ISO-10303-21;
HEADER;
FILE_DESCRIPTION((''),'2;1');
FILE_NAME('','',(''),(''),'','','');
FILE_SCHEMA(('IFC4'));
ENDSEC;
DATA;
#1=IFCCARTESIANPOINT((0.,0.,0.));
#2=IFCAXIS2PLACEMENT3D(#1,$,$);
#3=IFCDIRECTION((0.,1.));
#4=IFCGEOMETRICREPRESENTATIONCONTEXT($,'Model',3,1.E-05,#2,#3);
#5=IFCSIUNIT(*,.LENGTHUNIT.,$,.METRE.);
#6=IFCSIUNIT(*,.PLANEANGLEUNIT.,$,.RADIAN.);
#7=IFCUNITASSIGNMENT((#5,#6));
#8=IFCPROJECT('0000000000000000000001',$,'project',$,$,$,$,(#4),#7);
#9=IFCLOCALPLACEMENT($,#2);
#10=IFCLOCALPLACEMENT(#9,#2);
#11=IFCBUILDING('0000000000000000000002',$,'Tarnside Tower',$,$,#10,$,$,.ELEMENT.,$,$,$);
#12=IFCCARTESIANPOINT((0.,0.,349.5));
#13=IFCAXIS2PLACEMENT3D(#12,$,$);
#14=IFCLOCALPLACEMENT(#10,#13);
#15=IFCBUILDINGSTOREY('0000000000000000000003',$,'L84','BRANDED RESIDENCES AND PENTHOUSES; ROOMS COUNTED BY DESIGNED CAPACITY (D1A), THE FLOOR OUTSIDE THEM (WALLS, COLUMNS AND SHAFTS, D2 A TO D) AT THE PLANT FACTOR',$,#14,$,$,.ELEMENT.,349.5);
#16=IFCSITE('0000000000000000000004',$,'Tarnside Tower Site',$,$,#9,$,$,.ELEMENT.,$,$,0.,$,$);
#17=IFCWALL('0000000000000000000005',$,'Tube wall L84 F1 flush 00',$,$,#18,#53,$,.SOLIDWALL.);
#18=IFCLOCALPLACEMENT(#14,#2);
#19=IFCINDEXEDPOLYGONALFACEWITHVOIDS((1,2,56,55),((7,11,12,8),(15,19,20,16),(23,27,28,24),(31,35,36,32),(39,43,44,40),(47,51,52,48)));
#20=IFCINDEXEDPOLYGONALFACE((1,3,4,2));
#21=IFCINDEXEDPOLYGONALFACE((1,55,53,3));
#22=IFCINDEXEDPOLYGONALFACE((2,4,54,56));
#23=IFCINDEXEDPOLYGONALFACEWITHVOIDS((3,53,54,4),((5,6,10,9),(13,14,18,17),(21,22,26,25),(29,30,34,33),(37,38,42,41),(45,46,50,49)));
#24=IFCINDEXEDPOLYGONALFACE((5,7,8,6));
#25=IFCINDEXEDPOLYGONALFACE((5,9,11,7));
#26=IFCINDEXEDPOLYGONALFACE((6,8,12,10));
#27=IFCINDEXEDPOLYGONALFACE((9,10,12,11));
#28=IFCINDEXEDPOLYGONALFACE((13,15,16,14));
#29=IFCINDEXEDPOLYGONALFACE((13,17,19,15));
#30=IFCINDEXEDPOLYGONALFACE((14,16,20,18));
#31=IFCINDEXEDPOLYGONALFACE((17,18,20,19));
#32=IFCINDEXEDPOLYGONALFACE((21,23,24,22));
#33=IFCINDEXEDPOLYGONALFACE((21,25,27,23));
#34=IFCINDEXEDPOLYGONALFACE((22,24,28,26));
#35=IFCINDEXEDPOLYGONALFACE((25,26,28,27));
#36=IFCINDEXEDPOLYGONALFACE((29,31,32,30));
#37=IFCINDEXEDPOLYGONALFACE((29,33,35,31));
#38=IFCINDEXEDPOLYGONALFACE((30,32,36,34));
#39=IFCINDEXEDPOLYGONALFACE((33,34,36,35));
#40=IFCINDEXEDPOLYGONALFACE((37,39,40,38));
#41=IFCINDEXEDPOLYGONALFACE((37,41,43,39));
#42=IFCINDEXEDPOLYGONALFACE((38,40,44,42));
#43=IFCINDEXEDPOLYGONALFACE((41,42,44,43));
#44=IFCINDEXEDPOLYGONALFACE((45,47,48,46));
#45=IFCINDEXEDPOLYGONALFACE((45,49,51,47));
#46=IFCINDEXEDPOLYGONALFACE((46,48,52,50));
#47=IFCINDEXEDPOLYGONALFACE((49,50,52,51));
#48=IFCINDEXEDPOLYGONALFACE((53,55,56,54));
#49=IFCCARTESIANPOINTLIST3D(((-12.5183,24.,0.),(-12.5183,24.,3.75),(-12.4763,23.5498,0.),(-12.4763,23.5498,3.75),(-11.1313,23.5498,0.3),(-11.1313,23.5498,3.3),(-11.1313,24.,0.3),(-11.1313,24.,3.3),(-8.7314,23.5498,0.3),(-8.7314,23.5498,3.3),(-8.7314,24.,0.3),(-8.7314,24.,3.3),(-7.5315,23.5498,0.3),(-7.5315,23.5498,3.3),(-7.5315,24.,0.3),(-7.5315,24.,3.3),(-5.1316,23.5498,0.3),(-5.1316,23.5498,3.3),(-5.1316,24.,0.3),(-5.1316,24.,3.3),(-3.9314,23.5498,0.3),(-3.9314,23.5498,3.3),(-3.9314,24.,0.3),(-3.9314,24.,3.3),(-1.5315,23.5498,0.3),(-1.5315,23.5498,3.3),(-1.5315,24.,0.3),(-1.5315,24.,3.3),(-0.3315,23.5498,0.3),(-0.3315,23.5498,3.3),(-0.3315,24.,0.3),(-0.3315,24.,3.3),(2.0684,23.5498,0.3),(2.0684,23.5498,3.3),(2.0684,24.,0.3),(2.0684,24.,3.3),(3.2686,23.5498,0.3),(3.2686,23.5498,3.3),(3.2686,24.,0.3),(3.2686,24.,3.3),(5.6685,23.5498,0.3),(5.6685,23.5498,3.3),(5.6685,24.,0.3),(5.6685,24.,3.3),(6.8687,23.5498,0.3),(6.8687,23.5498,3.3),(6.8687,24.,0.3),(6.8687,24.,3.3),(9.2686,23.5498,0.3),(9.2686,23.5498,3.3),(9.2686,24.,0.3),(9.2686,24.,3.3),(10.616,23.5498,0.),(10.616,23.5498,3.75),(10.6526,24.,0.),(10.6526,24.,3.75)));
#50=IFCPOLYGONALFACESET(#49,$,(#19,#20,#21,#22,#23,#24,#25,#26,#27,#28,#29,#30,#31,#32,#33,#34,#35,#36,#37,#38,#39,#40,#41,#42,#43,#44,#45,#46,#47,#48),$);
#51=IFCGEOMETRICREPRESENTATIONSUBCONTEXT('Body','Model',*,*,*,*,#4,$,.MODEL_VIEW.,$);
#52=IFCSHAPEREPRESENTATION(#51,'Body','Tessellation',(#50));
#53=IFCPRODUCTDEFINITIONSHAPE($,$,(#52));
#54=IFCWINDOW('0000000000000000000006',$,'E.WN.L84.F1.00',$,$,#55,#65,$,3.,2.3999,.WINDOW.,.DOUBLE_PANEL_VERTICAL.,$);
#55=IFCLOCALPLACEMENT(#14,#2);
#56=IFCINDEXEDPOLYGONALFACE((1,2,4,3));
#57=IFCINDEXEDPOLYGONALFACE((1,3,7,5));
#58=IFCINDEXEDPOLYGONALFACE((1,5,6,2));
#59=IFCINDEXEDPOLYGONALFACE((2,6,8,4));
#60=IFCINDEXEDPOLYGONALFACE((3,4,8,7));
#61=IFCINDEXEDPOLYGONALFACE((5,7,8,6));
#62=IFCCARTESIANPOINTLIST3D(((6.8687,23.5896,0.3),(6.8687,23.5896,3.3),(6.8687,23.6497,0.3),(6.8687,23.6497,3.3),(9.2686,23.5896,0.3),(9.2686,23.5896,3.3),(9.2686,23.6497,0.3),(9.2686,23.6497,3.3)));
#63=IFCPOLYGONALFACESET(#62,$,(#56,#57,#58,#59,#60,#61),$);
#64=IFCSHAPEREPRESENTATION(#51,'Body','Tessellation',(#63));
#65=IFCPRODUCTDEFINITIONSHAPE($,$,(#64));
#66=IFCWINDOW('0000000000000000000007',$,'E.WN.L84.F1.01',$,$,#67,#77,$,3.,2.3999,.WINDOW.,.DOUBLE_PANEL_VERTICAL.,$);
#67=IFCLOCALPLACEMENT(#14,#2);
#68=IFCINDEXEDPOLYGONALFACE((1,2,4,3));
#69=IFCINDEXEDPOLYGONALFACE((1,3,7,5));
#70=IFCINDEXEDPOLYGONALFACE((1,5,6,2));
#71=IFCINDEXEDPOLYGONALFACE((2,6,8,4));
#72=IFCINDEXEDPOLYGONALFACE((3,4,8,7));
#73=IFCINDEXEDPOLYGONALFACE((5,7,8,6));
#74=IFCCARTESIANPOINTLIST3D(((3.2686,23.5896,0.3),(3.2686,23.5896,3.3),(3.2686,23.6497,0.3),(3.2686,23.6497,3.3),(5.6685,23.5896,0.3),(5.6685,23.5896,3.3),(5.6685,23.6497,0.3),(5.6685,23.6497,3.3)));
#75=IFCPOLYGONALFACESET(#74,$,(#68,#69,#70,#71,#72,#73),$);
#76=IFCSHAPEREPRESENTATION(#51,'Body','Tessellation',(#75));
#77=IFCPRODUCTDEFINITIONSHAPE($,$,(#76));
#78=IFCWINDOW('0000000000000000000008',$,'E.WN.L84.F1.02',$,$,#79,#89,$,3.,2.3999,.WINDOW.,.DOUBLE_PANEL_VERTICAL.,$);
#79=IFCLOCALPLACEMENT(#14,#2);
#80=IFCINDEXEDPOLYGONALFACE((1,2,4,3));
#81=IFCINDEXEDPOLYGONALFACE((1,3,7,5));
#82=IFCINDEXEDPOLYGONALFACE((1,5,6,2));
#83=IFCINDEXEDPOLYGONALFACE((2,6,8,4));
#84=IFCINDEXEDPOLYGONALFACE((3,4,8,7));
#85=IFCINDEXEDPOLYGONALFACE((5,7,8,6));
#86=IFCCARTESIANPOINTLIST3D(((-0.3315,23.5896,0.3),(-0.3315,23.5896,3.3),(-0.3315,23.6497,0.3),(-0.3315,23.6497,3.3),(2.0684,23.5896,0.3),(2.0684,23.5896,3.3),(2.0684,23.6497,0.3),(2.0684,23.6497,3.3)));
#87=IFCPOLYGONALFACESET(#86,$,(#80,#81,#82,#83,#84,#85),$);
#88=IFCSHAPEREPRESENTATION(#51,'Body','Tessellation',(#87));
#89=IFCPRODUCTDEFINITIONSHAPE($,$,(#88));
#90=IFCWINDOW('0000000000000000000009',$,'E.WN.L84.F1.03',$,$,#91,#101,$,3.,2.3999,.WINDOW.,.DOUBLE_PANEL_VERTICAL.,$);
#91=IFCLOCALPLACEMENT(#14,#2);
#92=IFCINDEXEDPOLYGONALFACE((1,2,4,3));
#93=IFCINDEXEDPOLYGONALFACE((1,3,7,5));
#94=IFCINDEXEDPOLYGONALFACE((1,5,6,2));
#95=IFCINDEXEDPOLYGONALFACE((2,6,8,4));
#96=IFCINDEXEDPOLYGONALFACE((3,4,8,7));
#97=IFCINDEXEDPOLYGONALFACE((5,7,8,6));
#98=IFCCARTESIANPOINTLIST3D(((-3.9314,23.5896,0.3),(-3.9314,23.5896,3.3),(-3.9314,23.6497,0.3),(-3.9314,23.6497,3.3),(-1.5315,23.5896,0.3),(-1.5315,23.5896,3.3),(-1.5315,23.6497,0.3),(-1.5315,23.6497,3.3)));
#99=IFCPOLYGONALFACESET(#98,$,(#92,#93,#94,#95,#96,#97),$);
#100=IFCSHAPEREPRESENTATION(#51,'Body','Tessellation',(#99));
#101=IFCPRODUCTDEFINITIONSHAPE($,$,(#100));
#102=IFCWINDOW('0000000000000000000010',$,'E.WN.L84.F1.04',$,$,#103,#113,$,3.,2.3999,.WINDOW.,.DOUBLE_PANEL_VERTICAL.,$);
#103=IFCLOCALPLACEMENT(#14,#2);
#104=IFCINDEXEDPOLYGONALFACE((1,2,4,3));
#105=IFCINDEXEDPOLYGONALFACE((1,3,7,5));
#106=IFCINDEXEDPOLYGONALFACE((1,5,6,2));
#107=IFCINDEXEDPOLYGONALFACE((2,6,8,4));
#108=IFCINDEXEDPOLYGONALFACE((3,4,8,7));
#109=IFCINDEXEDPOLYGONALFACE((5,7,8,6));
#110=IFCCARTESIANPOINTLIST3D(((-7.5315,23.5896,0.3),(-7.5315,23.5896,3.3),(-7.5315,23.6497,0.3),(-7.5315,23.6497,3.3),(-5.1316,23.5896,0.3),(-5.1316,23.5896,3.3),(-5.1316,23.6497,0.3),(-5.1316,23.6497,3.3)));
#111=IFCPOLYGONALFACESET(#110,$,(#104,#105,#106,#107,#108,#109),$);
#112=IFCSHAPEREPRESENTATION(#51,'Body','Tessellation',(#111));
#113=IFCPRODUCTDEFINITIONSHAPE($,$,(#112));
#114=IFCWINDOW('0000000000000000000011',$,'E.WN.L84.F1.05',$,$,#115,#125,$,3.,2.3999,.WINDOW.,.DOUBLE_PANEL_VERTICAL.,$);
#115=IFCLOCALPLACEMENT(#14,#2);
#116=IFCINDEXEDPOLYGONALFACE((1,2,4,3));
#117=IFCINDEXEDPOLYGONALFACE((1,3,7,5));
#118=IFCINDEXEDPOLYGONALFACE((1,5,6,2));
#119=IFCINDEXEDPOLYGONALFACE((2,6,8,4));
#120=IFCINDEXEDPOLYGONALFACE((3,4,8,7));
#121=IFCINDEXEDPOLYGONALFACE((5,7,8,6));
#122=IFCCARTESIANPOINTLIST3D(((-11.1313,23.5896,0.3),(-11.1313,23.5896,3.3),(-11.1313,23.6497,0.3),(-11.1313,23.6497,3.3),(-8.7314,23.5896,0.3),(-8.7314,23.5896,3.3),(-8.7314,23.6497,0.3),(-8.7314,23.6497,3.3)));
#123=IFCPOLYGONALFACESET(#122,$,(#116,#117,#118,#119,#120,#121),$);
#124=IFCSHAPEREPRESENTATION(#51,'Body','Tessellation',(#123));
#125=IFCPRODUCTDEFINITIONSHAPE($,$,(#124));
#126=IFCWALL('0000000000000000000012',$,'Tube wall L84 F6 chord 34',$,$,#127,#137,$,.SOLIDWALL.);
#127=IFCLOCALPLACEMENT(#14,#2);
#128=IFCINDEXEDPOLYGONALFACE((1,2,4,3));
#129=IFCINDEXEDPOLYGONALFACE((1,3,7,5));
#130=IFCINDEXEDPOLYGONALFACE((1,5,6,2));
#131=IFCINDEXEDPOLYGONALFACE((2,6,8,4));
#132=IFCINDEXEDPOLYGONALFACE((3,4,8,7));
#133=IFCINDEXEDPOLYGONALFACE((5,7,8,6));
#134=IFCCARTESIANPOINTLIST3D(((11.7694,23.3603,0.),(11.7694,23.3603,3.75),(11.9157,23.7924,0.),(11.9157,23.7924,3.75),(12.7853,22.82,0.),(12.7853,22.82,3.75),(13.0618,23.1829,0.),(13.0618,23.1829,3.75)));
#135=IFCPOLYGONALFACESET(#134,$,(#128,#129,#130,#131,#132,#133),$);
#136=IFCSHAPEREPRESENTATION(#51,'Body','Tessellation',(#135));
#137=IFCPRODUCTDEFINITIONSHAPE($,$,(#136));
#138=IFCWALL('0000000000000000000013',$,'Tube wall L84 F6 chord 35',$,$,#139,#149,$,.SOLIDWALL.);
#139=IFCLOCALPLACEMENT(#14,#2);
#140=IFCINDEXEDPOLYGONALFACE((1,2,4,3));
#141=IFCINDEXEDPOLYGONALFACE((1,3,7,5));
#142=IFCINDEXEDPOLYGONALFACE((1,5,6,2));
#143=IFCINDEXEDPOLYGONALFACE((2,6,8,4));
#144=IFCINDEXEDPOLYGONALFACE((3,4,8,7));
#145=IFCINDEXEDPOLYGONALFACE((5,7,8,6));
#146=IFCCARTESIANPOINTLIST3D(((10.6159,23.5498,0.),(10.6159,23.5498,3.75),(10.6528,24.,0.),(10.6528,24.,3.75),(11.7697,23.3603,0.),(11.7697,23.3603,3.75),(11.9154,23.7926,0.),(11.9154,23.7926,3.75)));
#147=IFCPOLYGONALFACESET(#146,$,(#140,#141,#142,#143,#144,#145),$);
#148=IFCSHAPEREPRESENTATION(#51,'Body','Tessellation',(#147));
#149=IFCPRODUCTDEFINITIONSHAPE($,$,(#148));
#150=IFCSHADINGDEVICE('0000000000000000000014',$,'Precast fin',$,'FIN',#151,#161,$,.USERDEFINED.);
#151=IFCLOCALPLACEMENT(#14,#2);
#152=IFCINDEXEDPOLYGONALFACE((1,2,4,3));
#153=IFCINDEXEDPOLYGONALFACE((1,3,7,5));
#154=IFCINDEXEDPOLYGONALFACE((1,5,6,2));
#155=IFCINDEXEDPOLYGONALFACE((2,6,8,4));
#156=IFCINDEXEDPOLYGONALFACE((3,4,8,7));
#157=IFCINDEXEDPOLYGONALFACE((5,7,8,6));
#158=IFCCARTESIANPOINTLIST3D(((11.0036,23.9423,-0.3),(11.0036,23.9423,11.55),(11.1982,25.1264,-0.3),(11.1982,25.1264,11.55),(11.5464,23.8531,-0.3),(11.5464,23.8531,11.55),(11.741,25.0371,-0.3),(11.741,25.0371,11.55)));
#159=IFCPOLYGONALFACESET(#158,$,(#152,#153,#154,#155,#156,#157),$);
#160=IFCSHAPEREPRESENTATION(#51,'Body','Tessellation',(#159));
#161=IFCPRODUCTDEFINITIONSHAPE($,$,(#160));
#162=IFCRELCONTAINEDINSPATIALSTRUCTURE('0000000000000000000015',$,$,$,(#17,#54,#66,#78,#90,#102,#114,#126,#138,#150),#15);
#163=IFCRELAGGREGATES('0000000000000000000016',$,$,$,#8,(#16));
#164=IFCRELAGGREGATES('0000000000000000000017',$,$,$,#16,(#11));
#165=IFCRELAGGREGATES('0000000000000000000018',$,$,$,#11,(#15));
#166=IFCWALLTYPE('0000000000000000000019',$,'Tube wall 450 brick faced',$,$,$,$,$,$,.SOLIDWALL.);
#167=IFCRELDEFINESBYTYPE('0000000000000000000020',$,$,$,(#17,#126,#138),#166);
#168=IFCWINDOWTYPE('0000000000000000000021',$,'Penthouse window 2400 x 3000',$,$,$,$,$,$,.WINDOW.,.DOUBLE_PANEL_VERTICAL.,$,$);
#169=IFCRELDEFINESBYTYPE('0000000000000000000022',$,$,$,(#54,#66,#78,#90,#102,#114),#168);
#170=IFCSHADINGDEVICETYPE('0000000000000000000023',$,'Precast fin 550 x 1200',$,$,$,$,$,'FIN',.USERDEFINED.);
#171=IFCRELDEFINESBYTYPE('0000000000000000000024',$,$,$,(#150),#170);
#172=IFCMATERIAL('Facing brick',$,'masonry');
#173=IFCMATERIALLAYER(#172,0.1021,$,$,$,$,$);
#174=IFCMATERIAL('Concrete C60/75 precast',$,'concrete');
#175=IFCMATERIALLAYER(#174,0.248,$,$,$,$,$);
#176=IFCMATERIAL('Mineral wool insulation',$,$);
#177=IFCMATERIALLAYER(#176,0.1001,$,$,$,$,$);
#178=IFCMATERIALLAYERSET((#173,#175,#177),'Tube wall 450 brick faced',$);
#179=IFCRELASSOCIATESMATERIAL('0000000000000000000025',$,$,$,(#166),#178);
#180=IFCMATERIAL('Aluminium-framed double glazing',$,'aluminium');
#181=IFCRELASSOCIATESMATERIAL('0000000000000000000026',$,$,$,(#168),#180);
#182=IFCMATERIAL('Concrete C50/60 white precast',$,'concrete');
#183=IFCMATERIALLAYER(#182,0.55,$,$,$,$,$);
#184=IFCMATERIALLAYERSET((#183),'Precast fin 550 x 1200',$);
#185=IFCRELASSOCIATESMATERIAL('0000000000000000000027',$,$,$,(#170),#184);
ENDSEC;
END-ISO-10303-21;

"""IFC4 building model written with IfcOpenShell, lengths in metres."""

from ifc_helpers import new_model, si_unit, direction, frame, frame_2d, origin, place, context, subcontext, project, spatial, polyline, rectangle, outline, extrude, material, layer, layer_set, type_object, element, fill, save


model = new_model("IFC4")

# Units and contexts
model_context = context("Model", 3, precision=1e-05, world=origin(), true_north=direction((0.0, 1.0)))
body_context = subcontext(model_context, "Body", "Model", "MODEL_VIEW")
ifc_project = project(units=[si_unit("LENGTHUNIT", "METRE"), si_unit("PLANEANGLEUNIT", "RADIAN")], contexts=[model_context])

# Site, building, storey
site_placement = place(None, origin())
site = spatial("IfcSite", under=ifc_project, at=site_placement, Name="Tarnside Tower Site", CompositionType="ELEMENT", RefElevation=0.0)
building_placement = place(site_placement, origin())
building = spatial("IfcBuilding", under=site, at=building_placement, Name="Tarnside Tower", CompositionType="ELEMENT")
storey_placement = place(building_placement, frame((0.0, 0.0, 349.5)))
storey = spatial("IfcBuildingStorey", under=building, at=storey_placement, Name="L84", Description="BRANDED RESIDENCES AND PENTHOUSES; ROOMS COUNTED BY DESIGNED CAPACITY (D1A), THE FLOOR OUTSIDE THEM (WALLS, COLUMNS AND SHAFTS, D2 A TO D) AT THE PLANT FACTOR", CompositionType="ELEMENT", Elevation=349.5)

# Wall, openings, windows
ifc_material_1 = material(Name="Facing brick", Category="masonry")
ifc_layer_1 = layer(ifc_material_1, 0.1021)
ifc_material_2 = material(Name="Concrete C60/75 precast", Category="concrete")
ifc_layer_2 = layer(ifc_material_2, 0.248)
ifc_material_3 = material(Name="Mineral wool insulation")
ifc_layer_3 = layer(ifc_material_3, 0.1001)
ifc_layer_set_1 = layer_set([ifc_layer_1, ifc_layer_2, ifc_layer_3], Name="Tube wall 450 brick faced")
wall_type_1 = type_object("IfcWallType", Name="Tube wall 450 brick faced", PredefinedType="SOLIDWALL", material=ifc_layer_set_1)
wall_1_placement = place(storey_placement, frame((10.6343, 23.7749, 0.0), z_axis=(0.0, 0.0, 1.0), x_axis=(-1.0, 0.0, 0.0)))
wall_1 = element("IfcWall", 1, at=wall_1_placement, inside=storey, type_object=wall_type_1, Name="Tube wall L84 F1 flush 00", PredefinedType="SOLIDWALL", context=body_context, shape_type="SweptSolid", body=[
    extrude(outline(polyline([(-0.0183, -0.2251), (23.1526, -0.2251), (23.1106, 0.2251), (0.0183, 0.2251), (-0.0183, -0.2251)])), origin(), (0.0, 0.0, 1.0), 3.75),
])
opening_1_placement = place(wall_1_placement, frame((1.3657, 0.0, 0.3)))
opening_1 = element("IfcOpeningElement", 2, at=opening_1_placement, cuts=wall_1, PredefinedType="OPENING", context=body_context, shape_type="SweptSolid", body=[
    extrude(rectangle(XDim=2.3999, YDim=3.0, at=frame_2d((1.2, 1.5))), frame((0.0, 0.2349, 0.0), z_axis=(0.0, -1.0, 0.0), x_axis=(1.0, 0.0, 0.0)), (0.0, 0.0, 1.0), 0.47),
])
opening_2_placement = place(wall_1_placement, frame((4.9658, 0.0, 0.3)))
opening_2 = element("IfcOpeningElement", 3, at=opening_2_placement, cuts=wall_1, PredefinedType="OPENING", context=body_context, shape_type="SweptSolid", body=[
    extrude(rectangle(XDim=2.3999, YDim=3.0, at=frame_2d((1.2, 1.5))), frame((0.0, 0.2349, 0.0), z_axis=(0.0, -1.0, 0.0), x_axis=(1.0, 0.0, 0.0)), (0.0, 0.0, 1.0), 0.47),
])
opening_3_placement = place(wall_1_placement, frame((8.5659, 0.0, 0.3)))
opening_3 = element("IfcOpeningElement", 4, at=opening_3_placement, cuts=wall_1, PredefinedType="OPENING", context=body_context, shape_type="SweptSolid", body=[
    extrude(rectangle(XDim=2.3999, YDim=3.0, at=frame_2d((1.2, 1.5))), frame((0.0, 0.2349, 0.0), z_axis=(0.0, -1.0, 0.0), x_axis=(1.0, 0.0, 0.0)), (0.0, 0.0, 1.0), 0.47),
])
opening_4_placement = place(wall_1_placement, frame((12.1658, 0.0, 0.3)))
opening_4 = element("IfcOpeningElement", 5, at=opening_4_placement, cuts=wall_1, PredefinedType="OPENING", context=body_context, shape_type="SweptSolid", body=[
    extrude(rectangle(XDim=2.3999, YDim=3.0, at=frame_2d((1.2, 1.5))), frame((0.0, 0.2349, 0.0), z_axis=(0.0, -1.0, 0.0), x_axis=(1.0, 0.0, 0.0)), (0.0, 0.0, 1.0), 0.47),
])
opening_5_placement = place(wall_1_placement, frame((15.7659, 0.0, 0.3)))
opening_5 = element("IfcOpeningElement", 6, at=opening_5_placement, cuts=wall_1, PredefinedType="OPENING", context=body_context, shape_type="SweptSolid", body=[
    extrude(rectangle(XDim=2.3999, YDim=3.0, at=frame_2d((1.2, 1.5))), frame((0.0, 0.2349, 0.0), z_axis=(0.0, -1.0, 0.0), x_axis=(1.0, 0.0, 0.0)), (0.0, 0.0, 1.0), 0.47),
])
opening_6_placement = place(wall_1_placement, frame((19.3657, 0.0, 0.3)))
opening_6 = element("IfcOpeningElement", 7, at=opening_6_placement, cuts=wall_1, PredefinedType="OPENING", context=body_context, shape_type="SweptSolid", body=[
    extrude(rectangle(XDim=2.3999, YDim=3.0, at=frame_2d((1.2, 1.5))), frame((0.0, 0.2349, 0.0), z_axis=(0.0, -1.0, 0.0), x_axis=(1.0, 0.0, 0.0)), (0.0, 0.0, 1.0), 0.47),
])
ifc_material_4 = material(Name="Aluminium-framed double glazing", Category="aluminium")
window_type = type_object("IfcWindowType", Name="Penthouse window 2400 x 3000", PartitioningType="DOUBLE_PANEL_VERTICAL", PredefinedType="WINDOW", material=ifc_material_4)
window_1_placement = place(opening_1_placement, frame((0.0, 0.1553, 0.0)))
window_1 = element("IfcWindow", 8, at=window_1_placement, inside=storey, type_object=window_type, Name="E.WN.L84.F1.00", OverallHeight=3.0, OverallWidth=2.3999, PartitioningType="DOUBLE_PANEL_VERTICAL", PredefinedType="WINDOW", context=body_context, shape_type="SweptSolid", body=[
    extrude(rectangle(XDim=2.3999, YDim=3.0, at=frame_2d((1.2, 1.5))), frame((0.0, 0.03, 0.0), z_axis=(0.0, -1.0, 0.0), x_axis=(1.0, 0.0, 0.0)), (0.0, 0.0, 1.0), 0.0601),
])
fill(opening_1, window_1)
window_2_placement = place(opening_2_placement, frame((0.0, 0.1553, 0.0)))
window_2 = element("IfcWindow", 9, at=window_2_placement, inside=storey, type_object=window_type, Name="E.WN.L84.F1.01", OverallHeight=3.0, OverallWidth=2.3999, PartitioningType="DOUBLE_PANEL_VERTICAL", PredefinedType="WINDOW", context=body_context, shape_type="SweptSolid", body=[
    extrude(rectangle(XDim=2.3999, YDim=3.0, at=frame_2d((1.2, 1.5))), frame((0.0, 0.03, 0.0), z_axis=(0.0, -1.0, 0.0), x_axis=(1.0, 0.0, 0.0)), (0.0, 0.0, 1.0), 0.0601),
])
fill(opening_2, window_2)
window_3_placement = place(opening_3_placement, frame((0.0, 0.1553, 0.0)))
window_3 = element("IfcWindow", 10, at=window_3_placement, inside=storey, type_object=window_type, Name="E.WN.L84.F1.02", OverallHeight=3.0, OverallWidth=2.3999, PartitioningType="DOUBLE_PANEL_VERTICAL", PredefinedType="WINDOW", context=body_context, shape_type="SweptSolid", body=[
    extrude(rectangle(XDim=2.3999, YDim=3.0, at=frame_2d((1.2, 1.5))), frame((0.0, 0.03, 0.0), z_axis=(0.0, -1.0, 0.0), x_axis=(1.0, 0.0, 0.0)), (0.0, 0.0, 1.0), 0.0601),
])
fill(opening_3, window_3)
window_4_placement = place(opening_4_placement, frame((0.0, 0.1553, 0.0)))
window_4 = element("IfcWindow", 11, at=window_4_placement, inside=storey, type_object=window_type, Name="E.WN.L84.F1.03", OverallHeight=3.0, OverallWidth=2.3999, PartitioningType="DOUBLE_PANEL_VERTICAL", PredefinedType="WINDOW", context=body_context, shape_type="SweptSolid", body=[
    extrude(rectangle(XDim=2.3999, YDim=3.0, at=frame_2d((1.2, 1.5))), frame((0.0, 0.03, 0.0), z_axis=(0.0, -1.0, 0.0), x_axis=(1.0, 0.0, 0.0)), (0.0, 0.0, 1.0), 0.0601),
])
fill(opening_4, window_4)
window_5_placement = place(opening_5_placement, frame((0.0, 0.1553, 0.0)))
window_5 = element("IfcWindow", 12, at=window_5_placement, inside=storey, type_object=window_type, Name="E.WN.L84.F1.04", OverallHeight=3.0, OverallWidth=2.3999, PartitioningType="DOUBLE_PANEL_VERTICAL", PredefinedType="WINDOW", context=body_context, shape_type="SweptSolid", body=[
    extrude(rectangle(XDim=2.3999, YDim=3.0, at=frame_2d((1.2, 1.5))), frame((0.0, 0.03, 0.0), z_axis=(0.0, -1.0, 0.0), x_axis=(1.0, 0.0, 0.0)), (0.0, 0.0, 1.0), 0.0601),
])
fill(opening_5, window_5)
window_6_placement = place(opening_6_placement, frame((0.0, 0.1553, 0.0)))
window_6 = element("IfcWindow", 13, at=window_6_placement, inside=storey, type_object=window_type, Name="E.WN.L84.F1.05", OverallHeight=3.0, OverallWidth=2.3999, PartitioningType="DOUBLE_PANEL_VERTICAL", PredefinedType="WINDOW", context=body_context, shape_type="SweptSolid", body=[
    extrude(rectangle(XDim=2.3999, YDim=3.0, at=frame_2d((1.2, 1.5))), frame((0.0, 0.03, 0.0), z_axis=(0.0, -1.0, 0.0), x_axis=(1.0, 0.0, 0.0)), (0.0, 0.0, 1.0), 0.0601),
])
fill(opening_6, window_6)

# Walls
wall_2_placement = place(storey_placement, frame((12.9236, 23.0015, 0.0), z_axis=(0.0, 0.0, 1.0), x_axis=(-0.882899, 0.469563, 0.0)))
element("IfcWall", 14, at=wall_2_placement, inside=storey, type_object=wall_type_1, Name="Tube wall L84 F6 chord 34", PredefinedType="SOLIDWALL", context=body_context, shape_type="SweptSolid", body=[
    extrude(outline(polyline([(-0.0369, -0.2251), (1.2612, -0.2251), (1.1875, 0.2251), (0.0369, 0.2251), (-0.0369, -0.2251)])), origin(), (0.0, 0.0, 1.0), 3.75),
])
wall_3_placement = place(storey_placement, frame((11.8425, 23.5764, 0.0), z_axis=(0.0, 0.0, 1.0), x_axis=(-0.986774, 0.162103, 0.0)))
element("IfcWall", 15, at=wall_3_placement, inside=storey, type_object=wall_type_1, Name="Tube wall L84 F6 chord 35", PredefinedType="SOLIDWALL", context=body_context, shape_type="SweptSolid", body=[
    extrude(outline(polyline([(-0.0369, -0.2251), (1.2427, -0.2251), (1.2061, 0.2251), (0.0369, 0.2251), (-0.0369, -0.2251)])), origin(), (0.0, 0.0, 1.0), 3.75),
])

# Shading device
ifc_material_5 = material(Name="Concrete C50/60 white precast", Category="concrete")
ifc_layer_4 = layer(ifc_material_5, 0.55)
ifc_layer_set_2 = layer_set([ifc_layer_4], Name="Precast fin 550 x 1200")
shading_device_type_1 = type_object("IfcShadingDeviceType", Name="Precast fin 550 x 1200", ElementType="FIN", PredefinedType="USERDEFINED", material=ifc_layer_set_2)
shading_device_placement = place(storey_placement, frame((11.2749, 23.8977, -0.3), z_axis=(0.986762, -0.162178, 0.0), x_axis=(0.162178, 0.986762, 0.0)))
element("IfcShadingDevice", 16, at=shading_device_placement, inside=storey, type_object=shading_device_type_1, Name="Precast fin", ObjectType="FIN", PredefinedType="USERDEFINED", context=body_context, shape_type="SweptSolid", body=[
    extrude(outline(polyline([(0.0, 0.0), (1.2, 0.0), (1.2, 11.8501), (0.0, 11.8501), (0.0, 0.0)])), frame((0.0, 0.0, -0.2749)), (0.0, 0.0, 1.0), 0.55),
])

save(model, "model.ifc")
